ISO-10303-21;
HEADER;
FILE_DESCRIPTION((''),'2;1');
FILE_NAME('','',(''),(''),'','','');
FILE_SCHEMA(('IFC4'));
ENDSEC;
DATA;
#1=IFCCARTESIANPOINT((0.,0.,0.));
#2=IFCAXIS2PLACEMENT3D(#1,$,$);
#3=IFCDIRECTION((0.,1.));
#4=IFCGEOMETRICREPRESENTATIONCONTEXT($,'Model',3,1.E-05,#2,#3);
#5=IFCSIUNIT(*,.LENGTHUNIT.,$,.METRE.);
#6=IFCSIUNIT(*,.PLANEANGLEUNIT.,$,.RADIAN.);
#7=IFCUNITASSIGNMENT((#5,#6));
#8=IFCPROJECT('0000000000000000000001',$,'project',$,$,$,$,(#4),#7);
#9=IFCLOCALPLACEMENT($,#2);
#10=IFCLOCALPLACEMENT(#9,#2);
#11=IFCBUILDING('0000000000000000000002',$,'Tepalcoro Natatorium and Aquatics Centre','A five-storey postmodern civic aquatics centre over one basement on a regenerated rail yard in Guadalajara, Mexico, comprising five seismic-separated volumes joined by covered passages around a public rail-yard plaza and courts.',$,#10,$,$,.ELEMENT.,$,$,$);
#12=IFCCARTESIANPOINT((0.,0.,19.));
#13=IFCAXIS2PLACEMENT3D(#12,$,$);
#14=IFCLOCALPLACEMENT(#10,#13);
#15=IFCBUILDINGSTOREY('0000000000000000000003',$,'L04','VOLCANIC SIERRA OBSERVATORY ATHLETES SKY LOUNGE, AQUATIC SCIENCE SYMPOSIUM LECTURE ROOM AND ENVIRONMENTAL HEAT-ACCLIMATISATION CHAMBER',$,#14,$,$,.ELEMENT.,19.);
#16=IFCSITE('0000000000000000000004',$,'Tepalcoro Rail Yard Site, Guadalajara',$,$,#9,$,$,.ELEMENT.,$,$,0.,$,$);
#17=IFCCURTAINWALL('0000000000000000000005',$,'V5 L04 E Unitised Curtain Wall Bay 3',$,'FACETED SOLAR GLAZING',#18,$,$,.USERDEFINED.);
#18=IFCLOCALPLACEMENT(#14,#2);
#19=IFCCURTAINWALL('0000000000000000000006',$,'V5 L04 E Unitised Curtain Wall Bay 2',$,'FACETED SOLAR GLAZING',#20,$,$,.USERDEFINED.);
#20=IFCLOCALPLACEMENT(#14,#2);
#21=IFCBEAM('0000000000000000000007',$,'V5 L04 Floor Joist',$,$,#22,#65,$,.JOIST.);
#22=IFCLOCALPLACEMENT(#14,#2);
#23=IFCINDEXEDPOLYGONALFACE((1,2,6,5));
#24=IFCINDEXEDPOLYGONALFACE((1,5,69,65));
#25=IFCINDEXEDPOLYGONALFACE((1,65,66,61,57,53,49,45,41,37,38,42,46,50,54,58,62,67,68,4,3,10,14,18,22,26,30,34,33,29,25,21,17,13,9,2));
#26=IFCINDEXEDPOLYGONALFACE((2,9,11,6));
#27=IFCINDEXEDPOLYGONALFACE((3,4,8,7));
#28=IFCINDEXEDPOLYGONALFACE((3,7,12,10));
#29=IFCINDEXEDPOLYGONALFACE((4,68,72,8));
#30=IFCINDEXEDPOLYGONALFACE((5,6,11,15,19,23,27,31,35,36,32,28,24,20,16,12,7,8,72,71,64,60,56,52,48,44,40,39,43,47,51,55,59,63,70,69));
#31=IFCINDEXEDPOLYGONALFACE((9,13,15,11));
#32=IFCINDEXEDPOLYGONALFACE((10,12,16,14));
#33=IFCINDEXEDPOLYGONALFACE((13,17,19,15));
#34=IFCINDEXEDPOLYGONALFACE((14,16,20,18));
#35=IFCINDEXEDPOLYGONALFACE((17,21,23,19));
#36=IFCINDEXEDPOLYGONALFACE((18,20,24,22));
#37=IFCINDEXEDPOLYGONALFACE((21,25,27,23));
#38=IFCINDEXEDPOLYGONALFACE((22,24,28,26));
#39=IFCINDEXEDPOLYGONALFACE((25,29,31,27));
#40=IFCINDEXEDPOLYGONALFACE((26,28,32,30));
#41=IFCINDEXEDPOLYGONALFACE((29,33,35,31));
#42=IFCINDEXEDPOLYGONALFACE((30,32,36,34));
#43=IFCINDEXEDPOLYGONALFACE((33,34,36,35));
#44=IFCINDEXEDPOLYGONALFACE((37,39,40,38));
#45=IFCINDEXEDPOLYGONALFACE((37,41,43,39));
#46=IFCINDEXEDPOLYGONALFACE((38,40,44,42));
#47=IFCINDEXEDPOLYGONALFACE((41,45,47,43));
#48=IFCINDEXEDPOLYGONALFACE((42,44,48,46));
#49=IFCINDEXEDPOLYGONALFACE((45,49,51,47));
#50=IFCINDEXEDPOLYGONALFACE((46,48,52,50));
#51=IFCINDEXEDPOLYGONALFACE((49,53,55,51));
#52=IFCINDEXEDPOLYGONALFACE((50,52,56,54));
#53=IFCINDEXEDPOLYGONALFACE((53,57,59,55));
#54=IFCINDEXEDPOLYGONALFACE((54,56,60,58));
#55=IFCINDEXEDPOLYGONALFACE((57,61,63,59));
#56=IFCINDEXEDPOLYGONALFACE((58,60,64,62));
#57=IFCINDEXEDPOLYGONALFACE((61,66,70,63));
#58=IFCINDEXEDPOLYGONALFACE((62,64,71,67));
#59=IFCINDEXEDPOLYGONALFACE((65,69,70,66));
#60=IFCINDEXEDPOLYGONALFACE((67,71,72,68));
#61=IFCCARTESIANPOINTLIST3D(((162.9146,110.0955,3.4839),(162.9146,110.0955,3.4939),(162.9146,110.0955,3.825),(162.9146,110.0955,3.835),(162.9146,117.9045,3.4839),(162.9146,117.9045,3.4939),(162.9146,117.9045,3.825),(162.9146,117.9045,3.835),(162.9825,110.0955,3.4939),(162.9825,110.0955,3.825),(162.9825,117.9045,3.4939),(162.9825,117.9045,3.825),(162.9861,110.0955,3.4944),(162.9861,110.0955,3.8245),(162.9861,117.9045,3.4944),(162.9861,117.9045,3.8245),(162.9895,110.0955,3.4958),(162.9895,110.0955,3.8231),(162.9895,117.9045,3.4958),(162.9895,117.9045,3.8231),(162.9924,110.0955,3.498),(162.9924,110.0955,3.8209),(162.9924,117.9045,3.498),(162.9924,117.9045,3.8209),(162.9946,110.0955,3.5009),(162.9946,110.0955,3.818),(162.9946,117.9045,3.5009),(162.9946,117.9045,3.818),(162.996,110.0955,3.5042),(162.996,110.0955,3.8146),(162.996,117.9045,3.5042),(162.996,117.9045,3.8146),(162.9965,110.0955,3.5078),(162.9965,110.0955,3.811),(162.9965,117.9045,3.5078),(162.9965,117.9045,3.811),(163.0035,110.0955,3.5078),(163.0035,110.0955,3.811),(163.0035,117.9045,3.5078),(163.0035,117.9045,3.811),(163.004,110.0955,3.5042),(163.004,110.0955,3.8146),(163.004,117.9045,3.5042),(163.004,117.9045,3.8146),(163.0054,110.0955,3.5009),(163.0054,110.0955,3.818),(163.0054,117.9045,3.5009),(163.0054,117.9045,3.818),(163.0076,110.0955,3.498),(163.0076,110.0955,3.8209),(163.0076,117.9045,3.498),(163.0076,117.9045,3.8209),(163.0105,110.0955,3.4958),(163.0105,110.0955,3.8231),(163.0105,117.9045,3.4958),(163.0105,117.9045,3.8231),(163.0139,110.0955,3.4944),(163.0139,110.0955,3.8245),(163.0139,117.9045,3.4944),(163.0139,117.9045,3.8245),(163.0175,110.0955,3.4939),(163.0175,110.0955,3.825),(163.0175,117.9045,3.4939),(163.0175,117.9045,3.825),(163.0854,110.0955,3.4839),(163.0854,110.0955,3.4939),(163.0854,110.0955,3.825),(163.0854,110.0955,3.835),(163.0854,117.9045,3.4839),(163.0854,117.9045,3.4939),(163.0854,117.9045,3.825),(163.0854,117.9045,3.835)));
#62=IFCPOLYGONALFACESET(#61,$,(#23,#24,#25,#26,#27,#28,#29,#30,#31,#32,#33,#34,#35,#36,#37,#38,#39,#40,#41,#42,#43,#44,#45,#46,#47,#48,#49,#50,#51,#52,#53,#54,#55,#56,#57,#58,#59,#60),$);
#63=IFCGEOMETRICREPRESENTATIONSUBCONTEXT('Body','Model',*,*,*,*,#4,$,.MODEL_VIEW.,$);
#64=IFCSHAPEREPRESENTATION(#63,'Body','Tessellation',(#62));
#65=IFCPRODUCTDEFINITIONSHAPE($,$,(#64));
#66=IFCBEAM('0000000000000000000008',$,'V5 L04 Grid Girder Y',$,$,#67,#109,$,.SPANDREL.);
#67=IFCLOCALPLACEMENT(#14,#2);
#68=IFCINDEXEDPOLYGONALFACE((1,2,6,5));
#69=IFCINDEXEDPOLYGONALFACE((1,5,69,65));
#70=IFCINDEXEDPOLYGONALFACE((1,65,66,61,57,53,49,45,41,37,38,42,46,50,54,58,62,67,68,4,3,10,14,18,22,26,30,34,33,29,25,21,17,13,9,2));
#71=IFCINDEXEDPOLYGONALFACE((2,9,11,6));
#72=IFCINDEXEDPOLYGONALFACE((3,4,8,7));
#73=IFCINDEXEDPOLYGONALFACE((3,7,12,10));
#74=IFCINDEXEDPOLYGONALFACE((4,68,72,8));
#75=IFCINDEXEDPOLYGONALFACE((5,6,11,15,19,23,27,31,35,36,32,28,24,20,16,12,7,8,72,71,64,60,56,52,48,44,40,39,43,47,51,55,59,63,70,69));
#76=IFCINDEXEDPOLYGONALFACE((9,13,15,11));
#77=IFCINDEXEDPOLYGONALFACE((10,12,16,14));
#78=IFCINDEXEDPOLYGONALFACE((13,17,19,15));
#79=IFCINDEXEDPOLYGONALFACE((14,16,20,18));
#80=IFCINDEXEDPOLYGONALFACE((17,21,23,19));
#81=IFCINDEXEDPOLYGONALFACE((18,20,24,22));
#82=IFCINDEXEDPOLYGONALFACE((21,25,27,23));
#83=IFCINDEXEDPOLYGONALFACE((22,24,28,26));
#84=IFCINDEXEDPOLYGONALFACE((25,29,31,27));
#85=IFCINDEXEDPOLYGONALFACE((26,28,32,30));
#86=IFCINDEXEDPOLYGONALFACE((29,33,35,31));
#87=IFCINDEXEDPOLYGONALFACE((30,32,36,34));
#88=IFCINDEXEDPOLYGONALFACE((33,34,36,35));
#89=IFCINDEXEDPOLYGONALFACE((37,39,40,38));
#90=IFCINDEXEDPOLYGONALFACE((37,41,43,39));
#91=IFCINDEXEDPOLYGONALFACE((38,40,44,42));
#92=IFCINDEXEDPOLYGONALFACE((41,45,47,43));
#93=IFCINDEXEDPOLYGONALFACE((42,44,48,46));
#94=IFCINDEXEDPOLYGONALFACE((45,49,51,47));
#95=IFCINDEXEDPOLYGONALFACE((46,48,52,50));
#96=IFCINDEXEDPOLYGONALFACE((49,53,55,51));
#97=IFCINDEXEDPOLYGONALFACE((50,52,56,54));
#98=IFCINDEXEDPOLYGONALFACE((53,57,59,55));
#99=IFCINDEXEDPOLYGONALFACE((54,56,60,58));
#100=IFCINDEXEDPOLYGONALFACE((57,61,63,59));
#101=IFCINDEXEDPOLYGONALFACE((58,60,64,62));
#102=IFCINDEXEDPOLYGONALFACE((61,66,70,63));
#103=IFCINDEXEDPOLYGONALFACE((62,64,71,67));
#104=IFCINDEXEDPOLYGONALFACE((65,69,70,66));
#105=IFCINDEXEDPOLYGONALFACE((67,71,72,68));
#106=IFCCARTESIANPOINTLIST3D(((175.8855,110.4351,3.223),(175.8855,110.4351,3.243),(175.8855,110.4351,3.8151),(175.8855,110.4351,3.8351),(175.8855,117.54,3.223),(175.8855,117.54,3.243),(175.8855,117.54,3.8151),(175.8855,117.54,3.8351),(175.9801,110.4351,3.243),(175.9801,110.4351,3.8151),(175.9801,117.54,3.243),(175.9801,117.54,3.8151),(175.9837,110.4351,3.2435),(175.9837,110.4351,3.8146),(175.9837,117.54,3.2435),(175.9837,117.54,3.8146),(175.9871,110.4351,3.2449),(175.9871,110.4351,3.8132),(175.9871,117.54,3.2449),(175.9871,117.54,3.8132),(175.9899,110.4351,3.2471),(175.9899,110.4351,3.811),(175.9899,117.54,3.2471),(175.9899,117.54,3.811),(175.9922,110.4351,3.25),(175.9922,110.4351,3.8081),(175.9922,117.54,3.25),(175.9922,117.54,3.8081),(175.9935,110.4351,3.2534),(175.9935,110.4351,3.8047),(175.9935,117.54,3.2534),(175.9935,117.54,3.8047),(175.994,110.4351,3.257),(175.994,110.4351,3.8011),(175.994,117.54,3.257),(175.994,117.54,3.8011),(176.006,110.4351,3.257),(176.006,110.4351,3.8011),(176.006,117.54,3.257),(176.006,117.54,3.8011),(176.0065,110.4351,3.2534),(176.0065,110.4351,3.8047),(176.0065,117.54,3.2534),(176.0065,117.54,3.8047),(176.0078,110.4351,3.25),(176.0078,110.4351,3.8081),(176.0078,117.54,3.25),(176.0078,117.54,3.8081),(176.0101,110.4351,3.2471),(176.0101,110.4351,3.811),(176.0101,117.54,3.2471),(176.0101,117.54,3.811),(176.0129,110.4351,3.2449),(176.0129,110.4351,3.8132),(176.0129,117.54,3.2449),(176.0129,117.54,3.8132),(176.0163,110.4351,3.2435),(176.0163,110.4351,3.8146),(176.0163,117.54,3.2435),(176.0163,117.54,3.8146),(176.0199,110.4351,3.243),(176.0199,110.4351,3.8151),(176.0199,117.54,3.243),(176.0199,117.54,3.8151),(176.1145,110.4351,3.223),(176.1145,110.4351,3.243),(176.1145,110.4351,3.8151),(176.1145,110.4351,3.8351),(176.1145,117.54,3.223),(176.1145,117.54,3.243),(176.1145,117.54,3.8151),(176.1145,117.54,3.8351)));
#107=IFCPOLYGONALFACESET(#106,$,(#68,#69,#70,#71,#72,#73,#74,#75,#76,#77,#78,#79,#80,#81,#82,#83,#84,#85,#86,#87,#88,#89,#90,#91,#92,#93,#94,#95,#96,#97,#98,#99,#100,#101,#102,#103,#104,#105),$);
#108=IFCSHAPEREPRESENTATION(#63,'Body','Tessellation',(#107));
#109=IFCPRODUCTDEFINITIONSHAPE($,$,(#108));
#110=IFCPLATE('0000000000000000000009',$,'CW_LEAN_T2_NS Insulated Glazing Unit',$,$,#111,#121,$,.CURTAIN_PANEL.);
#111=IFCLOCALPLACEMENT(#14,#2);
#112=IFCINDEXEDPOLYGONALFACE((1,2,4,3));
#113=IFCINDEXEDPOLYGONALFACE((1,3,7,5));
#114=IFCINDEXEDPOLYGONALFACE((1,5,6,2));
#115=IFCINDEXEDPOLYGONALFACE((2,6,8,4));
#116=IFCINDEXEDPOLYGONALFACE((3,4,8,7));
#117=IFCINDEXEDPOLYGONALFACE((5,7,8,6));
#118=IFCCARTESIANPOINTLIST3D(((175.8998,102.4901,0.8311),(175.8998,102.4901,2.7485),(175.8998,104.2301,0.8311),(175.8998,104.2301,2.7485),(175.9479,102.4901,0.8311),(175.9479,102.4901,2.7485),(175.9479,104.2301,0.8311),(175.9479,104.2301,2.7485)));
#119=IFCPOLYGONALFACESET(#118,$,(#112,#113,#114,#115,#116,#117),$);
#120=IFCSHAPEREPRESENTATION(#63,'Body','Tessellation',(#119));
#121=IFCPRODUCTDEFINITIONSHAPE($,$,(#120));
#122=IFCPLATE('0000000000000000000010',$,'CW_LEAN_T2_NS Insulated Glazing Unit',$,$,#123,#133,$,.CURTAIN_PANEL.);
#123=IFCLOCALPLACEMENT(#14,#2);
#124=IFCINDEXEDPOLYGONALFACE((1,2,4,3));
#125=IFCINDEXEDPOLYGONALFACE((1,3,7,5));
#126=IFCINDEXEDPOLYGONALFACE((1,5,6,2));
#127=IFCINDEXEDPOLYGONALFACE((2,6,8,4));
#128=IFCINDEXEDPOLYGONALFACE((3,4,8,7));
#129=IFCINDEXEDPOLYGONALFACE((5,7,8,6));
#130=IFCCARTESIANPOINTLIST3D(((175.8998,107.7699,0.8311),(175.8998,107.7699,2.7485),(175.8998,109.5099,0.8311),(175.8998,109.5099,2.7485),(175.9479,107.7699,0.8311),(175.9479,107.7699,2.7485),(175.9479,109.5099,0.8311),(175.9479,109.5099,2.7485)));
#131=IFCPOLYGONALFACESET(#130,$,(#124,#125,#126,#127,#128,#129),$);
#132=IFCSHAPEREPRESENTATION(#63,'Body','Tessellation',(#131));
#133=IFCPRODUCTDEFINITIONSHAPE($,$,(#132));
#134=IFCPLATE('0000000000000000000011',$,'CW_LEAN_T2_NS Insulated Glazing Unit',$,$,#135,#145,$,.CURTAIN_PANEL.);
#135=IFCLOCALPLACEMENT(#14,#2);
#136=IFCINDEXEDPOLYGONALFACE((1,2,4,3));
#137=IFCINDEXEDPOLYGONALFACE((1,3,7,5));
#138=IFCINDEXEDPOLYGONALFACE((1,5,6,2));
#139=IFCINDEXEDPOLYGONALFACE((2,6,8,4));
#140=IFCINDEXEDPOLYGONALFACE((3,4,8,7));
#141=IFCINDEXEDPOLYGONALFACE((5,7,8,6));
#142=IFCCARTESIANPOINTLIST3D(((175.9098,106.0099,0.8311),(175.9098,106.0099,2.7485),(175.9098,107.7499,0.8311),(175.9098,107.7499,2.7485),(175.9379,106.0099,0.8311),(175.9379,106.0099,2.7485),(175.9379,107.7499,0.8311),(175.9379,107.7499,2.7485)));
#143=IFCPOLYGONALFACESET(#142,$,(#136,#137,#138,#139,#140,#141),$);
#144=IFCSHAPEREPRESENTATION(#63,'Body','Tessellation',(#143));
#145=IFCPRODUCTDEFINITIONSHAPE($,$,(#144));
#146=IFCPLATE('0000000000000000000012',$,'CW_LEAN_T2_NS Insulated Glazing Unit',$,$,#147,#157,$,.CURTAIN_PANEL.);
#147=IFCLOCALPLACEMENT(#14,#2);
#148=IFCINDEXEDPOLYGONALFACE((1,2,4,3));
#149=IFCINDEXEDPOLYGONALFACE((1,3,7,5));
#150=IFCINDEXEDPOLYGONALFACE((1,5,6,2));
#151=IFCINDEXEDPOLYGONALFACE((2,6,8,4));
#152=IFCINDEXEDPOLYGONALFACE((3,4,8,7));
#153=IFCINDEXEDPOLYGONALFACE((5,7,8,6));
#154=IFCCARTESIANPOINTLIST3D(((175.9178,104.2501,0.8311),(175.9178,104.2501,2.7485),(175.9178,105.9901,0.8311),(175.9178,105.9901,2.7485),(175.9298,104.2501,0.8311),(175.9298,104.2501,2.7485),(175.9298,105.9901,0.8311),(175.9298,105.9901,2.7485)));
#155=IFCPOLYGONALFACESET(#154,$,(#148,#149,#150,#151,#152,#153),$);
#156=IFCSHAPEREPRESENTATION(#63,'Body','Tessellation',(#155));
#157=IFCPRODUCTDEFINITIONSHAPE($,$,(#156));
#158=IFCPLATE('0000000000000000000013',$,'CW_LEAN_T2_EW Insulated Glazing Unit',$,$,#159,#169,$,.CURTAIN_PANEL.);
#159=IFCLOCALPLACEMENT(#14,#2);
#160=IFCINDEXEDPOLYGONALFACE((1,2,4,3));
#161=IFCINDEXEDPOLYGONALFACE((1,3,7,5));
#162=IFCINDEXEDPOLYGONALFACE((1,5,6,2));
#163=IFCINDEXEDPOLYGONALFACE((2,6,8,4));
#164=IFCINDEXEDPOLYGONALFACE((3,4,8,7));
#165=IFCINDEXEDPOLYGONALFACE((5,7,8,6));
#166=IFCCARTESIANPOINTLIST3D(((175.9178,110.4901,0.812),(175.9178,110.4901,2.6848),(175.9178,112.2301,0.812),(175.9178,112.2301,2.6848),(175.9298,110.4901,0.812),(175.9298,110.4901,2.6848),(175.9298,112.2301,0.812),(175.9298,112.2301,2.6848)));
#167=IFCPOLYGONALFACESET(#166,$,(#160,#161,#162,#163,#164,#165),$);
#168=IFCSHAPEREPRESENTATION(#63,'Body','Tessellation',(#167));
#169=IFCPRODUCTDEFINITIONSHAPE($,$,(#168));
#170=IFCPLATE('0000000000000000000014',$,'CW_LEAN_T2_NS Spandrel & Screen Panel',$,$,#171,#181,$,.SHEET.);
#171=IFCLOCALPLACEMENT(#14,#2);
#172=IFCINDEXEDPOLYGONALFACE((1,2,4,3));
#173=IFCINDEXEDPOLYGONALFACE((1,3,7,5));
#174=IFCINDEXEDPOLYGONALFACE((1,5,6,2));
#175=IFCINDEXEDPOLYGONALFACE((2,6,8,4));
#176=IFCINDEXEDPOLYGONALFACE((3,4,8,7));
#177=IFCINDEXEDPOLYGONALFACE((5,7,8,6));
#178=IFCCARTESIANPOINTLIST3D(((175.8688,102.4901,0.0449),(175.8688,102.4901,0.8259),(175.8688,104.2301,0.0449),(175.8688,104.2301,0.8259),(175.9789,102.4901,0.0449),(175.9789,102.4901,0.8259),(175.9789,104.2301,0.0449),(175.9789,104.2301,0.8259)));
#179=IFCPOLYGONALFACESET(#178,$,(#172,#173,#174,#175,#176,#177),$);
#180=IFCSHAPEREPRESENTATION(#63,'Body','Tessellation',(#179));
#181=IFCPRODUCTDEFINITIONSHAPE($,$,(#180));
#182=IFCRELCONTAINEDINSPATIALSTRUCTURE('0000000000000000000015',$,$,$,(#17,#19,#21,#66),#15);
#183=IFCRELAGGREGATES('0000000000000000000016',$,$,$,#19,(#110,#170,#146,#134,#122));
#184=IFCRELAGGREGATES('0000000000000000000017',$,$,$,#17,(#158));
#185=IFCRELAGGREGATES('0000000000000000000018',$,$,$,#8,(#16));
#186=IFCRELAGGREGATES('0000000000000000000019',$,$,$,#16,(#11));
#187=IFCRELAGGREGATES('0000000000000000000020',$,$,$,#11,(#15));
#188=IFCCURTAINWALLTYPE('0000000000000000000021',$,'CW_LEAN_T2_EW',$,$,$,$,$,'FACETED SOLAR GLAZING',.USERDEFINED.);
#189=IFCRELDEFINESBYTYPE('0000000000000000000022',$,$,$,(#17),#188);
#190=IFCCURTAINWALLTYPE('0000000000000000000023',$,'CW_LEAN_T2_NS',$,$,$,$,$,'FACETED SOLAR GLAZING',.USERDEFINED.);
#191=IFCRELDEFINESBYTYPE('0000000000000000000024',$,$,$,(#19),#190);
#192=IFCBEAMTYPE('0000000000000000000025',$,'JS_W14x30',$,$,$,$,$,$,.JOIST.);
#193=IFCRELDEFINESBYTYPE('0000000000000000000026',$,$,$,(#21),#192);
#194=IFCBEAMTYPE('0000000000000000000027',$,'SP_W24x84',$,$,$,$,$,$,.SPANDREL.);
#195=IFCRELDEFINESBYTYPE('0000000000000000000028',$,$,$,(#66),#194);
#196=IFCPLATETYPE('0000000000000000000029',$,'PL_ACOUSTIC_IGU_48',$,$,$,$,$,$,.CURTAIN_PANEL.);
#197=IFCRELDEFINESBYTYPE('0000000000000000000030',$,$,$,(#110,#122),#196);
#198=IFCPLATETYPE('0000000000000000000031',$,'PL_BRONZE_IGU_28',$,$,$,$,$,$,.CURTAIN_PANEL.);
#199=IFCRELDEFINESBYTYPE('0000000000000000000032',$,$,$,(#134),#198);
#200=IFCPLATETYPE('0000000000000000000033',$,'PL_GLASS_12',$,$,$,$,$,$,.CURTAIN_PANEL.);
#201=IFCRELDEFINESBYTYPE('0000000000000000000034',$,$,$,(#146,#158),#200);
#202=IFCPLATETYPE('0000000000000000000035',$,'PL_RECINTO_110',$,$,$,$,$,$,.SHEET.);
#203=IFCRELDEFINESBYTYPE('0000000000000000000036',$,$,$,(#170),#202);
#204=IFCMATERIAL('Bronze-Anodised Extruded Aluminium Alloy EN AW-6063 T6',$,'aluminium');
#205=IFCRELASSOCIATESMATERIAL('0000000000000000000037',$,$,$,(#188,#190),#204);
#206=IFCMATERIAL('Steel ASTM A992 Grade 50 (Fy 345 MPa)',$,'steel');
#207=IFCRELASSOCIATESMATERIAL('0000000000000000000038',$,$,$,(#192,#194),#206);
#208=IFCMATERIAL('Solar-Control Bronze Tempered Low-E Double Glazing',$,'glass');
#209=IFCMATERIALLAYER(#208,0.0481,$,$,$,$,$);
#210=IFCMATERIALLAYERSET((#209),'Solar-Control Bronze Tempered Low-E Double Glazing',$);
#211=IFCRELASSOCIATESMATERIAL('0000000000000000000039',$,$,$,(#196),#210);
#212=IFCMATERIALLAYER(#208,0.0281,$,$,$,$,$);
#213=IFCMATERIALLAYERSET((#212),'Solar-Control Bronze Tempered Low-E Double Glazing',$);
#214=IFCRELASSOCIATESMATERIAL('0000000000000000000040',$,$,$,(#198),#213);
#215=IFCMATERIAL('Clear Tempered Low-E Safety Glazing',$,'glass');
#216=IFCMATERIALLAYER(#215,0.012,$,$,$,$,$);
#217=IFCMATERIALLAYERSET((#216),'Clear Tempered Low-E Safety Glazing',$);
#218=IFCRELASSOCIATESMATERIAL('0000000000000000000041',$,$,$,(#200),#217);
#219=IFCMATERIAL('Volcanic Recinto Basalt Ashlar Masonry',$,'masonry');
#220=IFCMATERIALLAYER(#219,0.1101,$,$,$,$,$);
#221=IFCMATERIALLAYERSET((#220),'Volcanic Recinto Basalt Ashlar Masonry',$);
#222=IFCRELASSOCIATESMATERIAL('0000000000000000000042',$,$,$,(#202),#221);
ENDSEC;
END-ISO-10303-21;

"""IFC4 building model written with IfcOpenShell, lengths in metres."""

from ifc_helpers import new_model, si_unit, direction, frame, origin, origin_2d, place, context, subcontext, project, spatial, rectangle, i_section, extrude, material, layer, layer_set, material_profile, profile_set, type_object, element, aggregate, save


model = new_model("IFC4")

# Units and contexts
model_context = context("Model", 3, precision=1e-05, world=origin(), true_north=direction((0.0, 1.0)))
body_context = subcontext(model_context, "Body", "Model", "MODEL_VIEW")
ifc_project = project(units=[si_unit("LENGTHUNIT", "METRE"), si_unit("PLANEANGLEUNIT", "RADIAN")], contexts=[model_context])

# Site, building, storey
site_placement = place(None, origin())
site = spatial("IfcSite", under=ifc_project, at=site_placement, Name="Tepalcoro Rail Yard Site, Guadalajara", CompositionType="ELEMENT", RefElevation=0.0)
building_placement = place(site_placement, origin())
building = spatial("IfcBuilding", under=site, at=building_placement, Name="Tepalcoro Natatorium and Aquatics Centre", Description="A five-storey postmodern civic aquatics centre over one basement on a regenerated rail yard in Guadalajara, Mexico, comprising five seismic-separated volumes joined by covered passages around a public rail-yard plaza and courts.", CompositionType="ELEMENT")
storey_placement = place(building_placement, frame((0.0, 0.0, 19.0)))
storey = spatial("IfcBuildingStorey", under=building, at=storey_placement, Name="L04", Description="VOLCANIC SIERRA OBSERVATORY ATHLETES SKY LOUNGE, AQUATIC SCIENCE SYMPOSIUM LECTURE ROOM AND ENVIRONMENTAL HEAT-ACCLIMATISATION CHAMBER", CompositionType="ELEMENT", Elevation=19.0)

# Shared definitions
ifc_material_1 = material(Name="Steel ASTM A992 Grade 50 (Fy 345 MPa)", Category="steel")

# Curtain wall
ifc_material_2 = material(Name="Bronze-Anodised Extruded Aluminium Alloy EN AW-6063 T6", Category="aluminium")
curtain_wall_type_1 = type_object("IfcCurtainWallType", Name="CW_LEAN_T2_EW", ElementType="FACETED SOLAR GLAZING", PredefinedType="USERDEFINED", material=ifc_material_2)
curtain_wall_1_placement = place(storey_placement, origin())
curtain_wall_1 = element("IfcCurtainWall", 1, at=curtain_wall_1_placement, inside=storey, type_object=curtain_wall_type_1, Name="V5 L04 E Unitised Curtain Wall Bay 3", ObjectType="FACETED SOLAR GLAZING", PredefinedType="USERDEFINED")

# Curtain wall
curtain_wall_type_2 = type_object("IfcCurtainWallType", Name="CW_LEAN_T2_NS", ElementType="FACETED SOLAR GLAZING", PredefinedType="USERDEFINED", material=ifc_material_2)
curtain_wall_2_placement = place(storey_placement, origin())
curtain_wall_2 = element("IfcCurtainWall", 2, at=curtain_wall_2_placement, inside=storey, type_object=curtain_wall_type_2, Name="V5 L04 E Unitised Curtain Wall Bay 2", ObjectType="FACETED SOLAR GLAZING", PredefinedType="USERDEFINED")

# Beams
ifc_material_profile_1 = material_profile(ifc_material_1, i_section(OverallWidth=0.1709, OverallDepth=0.3511, WebThickness=0.0071, FlangeThickness=0.01, FilletRadius=0.0139, at=origin_2d()), Name="W14X30")
ifc_profile_set_1 = profile_set([ifc_material_profile_1], Name="Steel ASTM A992 Grade 50 (Fy 345 MPa)")
beam_type_1 = type_object("IfcBeamType", Name="JS_W14x30", PredefinedType="JOIST", material=ifc_profile_set_1)
beam_1_placement = place(storey_placement, frame((163.0, 110.0955, 3.6594), z_axis=(0.0, 1.0, 0.0), x_axis=(-1.0, 0.0, 0.0)))
element("IfcBeam", 3, at=beam_1_placement, inside=storey, type_object=beam_type_1, Name="V5 L04 Floor Joist", PredefinedType="JOIST", context=body_context, shape_type="SweptSolid", body=[
    extrude(i_section(OverallWidth=0.1709, OverallDepth=0.3511, WebThickness=0.0071, FlangeThickness=0.01, FilletRadius=0.0139, at=origin_2d()), origin(), (0.0, 0.0, 1.0), 7.8091),
])
ifc_material_profile_2 = material_profile(ifc_material_1, i_section(OverallWidth=0.229, OverallDepth=0.6121, WebThickness=0.012, FlangeThickness=0.02, FilletRadius=0.0139, at=origin_2d()), Name="W24X84")
ifc_profile_set_2 = profile_set([ifc_material_profile_2], Name="Steel ASTM A992 Grade 50 (Fy 345 MPa)")
beam_type_2 = type_object("IfcBeamType", Name="SP_W24x84", PredefinedType="SPANDREL", material=ifc_profile_set_2)
beam_2_placement = place(storey_placement, frame((176.0, 110.4351, 3.5291), z_axis=(0.0, 1.0, 0.0), x_axis=(-1.0, 0.0, 0.0)))
element("IfcBeam", 4, at=beam_2_placement, inside=storey, type_object=beam_type_2, Name="V5 L04 Grid Girder Y", PredefinedType="SPANDREL", context=body_context, shape_type="SweptSolid", body=[
    extrude(i_section(OverallWidth=0.229, OverallDepth=0.6121, WebThickness=0.012, FlangeThickness=0.02, FilletRadius=0.0139, at=origin_2d()), origin(), (0.0, 0.0, 1.0), 7.105),
])

# Plates
ifc_material_3 = material(Name="Solar-Control Bronze Tempered Low-E Double Glazing", Category="glass")
ifc_layer_1 = layer(ifc_material_3, 0.0481)
ifc_layer_set_1 = layer_set([ifc_layer_1], Name="Solar-Control Bronze Tempered Low-E Double Glazing")
plate_type_1 = type_object("IfcPlateType", Name="PL_ACOUSTIC_IGU_48", PredefinedType="CURTAIN_PANEL", material=ifc_layer_set_1)
plate_1_placement = place(storey_placement, frame((175.9238, 103.3601, 0.8311), z_axis=(0.0, 0.0, 1.0), x_axis=(1.0, 0.0, 0.0)))
plate_1 = element("IfcPlate", 5, at=plate_1_placement, type_object=plate_type_1, Name="CW_LEAN_T2_NS Insulated Glazing Unit", PredefinedType="CURTAIN_PANEL", context=body_context, shape_type="SweptSolid", body=[
    extrude(rectangle(XDim=0.0481, YDim=1.74, at=origin_2d()), origin(), (0.0, 0.0, 1.0), 1.9175),
])
plate_2_placement = place(storey_placement, frame((175.9238, 108.6399, 0.8311), z_axis=(0.0, 0.0, 1.0), x_axis=(1.0, 0.0, 0.0)))
plate_2 = element("IfcPlate", 6, at=plate_2_placement, type_object=plate_type_1, Name="CW_LEAN_T2_NS Insulated Glazing Unit", PredefinedType="CURTAIN_PANEL", context=body_context, shape_type="SweptSolid", body=[
    extrude(rectangle(XDim=0.0481, YDim=1.74, at=origin_2d()), origin(), (0.0, 0.0, 1.0), 1.9175),
])
ifc_layer_2 = layer(ifc_material_3, 0.0281)
ifc_layer_set_2 = layer_set([ifc_layer_2], Name="Solar-Control Bronze Tempered Low-E Double Glazing")
plate_type_2 = type_object("IfcPlateType", Name="PL_BRONZE_IGU_28", PredefinedType="CURTAIN_PANEL", material=ifc_layer_set_2)
plate_3_placement = place(storey_placement, frame((175.9238, 106.8799, 0.8311), z_axis=(0.0, 0.0, 1.0), x_axis=(1.0, 0.0, 0.0)))
plate_3 = element("IfcPlate", 7, at=plate_3_placement, type_object=plate_type_2, Name="CW_LEAN_T2_NS Insulated Glazing Unit", PredefinedType="CURTAIN_PANEL", context=body_context, shape_type="SweptSolid", body=[
    extrude(rectangle(XDim=0.0281, YDim=1.74, at=origin_2d()), origin(), (0.0, 0.0, 1.0), 1.9175),
])
ifc_material_4 = material(Name="Clear Tempered Low-E Safety Glazing", Category="glass")
ifc_layer_3 = layer(ifc_material_4, 0.012)
ifc_layer_set_3 = layer_set([ifc_layer_3], Name="Clear Tempered Low-E Safety Glazing")
plate_type_3 = type_object("IfcPlateType", Name="PL_GLASS_12", PredefinedType="CURTAIN_PANEL", material=ifc_layer_set_3)
plate_4_placement = place(storey_placement, frame((175.9238, 105.1201, 0.8311), z_axis=(0.0, 0.0, 1.0), x_axis=(1.0, 0.0, 0.0)))
plate_4 = element("IfcPlate", 8, at=plate_4_placement, type_object=plate_type_3, Name="CW_LEAN_T2_NS Insulated Glazing Unit", PredefinedType="CURTAIN_PANEL", context=body_context, shape_type="SweptSolid", body=[
    extrude(rectangle(XDim=0.012, YDim=1.74, at=origin_2d()), origin(), (0.0, 0.0, 1.0), 1.9175),
])
plate_5_placement = place(storey_placement, frame((175.9238, 111.3601, 0.812), z_axis=(0.0, 0.0, 1.0), x_axis=(1.0, 0.0, 0.0)))
plate_5 = element("IfcPlate", 9, at=plate_5_placement, type_object=plate_type_3, Name="CW_LEAN_T2_EW Insulated Glazing Unit", PredefinedType="CURTAIN_PANEL", context=body_context, shape_type="SweptSolid", body=[
    extrude(rectangle(XDim=0.012, YDim=1.74, at=origin_2d()), origin(), (0.0, 0.0, 1.0), 1.8728),
])
ifc_material_5 = material(Name="Volcanic Recinto Basalt Ashlar Masonry", Category="masonry")
ifc_layer_4 = layer(ifc_material_5, 0.1101)
ifc_layer_set_4 = layer_set([ifc_layer_4], Name="Volcanic Recinto Basalt Ashlar Masonry")
plate_type_4 = type_object("IfcPlateType", Name="PL_RECINTO_110", PredefinedType="SHEET", material=ifc_layer_set_4)
plate_6_placement = place(storey_placement, frame((175.9238, 103.3601, 0.0449), z_axis=(0.0, 0.0, 1.0), x_axis=(1.0, 0.0, 0.0)))
plate_6 = element("IfcPlate", 10, at=plate_6_placement, type_object=plate_type_4, Name="CW_LEAN_T2_NS Spandrel & Screen Panel", PredefinedType="SHEET", context=body_context, shape_type="SweptSolid", body=[
    extrude(rectangle(XDim=0.1101, YDim=1.74, at=origin_2d()), origin(), (0.0, 0.0, 1.0), 0.781),
])
aggregate(curtain_wall_2, [plate_1, plate_6, plate_4, plate_3, plate_2])
aggregate(curtain_wall_1, [plate_5])

save(model, "model.ifc")
